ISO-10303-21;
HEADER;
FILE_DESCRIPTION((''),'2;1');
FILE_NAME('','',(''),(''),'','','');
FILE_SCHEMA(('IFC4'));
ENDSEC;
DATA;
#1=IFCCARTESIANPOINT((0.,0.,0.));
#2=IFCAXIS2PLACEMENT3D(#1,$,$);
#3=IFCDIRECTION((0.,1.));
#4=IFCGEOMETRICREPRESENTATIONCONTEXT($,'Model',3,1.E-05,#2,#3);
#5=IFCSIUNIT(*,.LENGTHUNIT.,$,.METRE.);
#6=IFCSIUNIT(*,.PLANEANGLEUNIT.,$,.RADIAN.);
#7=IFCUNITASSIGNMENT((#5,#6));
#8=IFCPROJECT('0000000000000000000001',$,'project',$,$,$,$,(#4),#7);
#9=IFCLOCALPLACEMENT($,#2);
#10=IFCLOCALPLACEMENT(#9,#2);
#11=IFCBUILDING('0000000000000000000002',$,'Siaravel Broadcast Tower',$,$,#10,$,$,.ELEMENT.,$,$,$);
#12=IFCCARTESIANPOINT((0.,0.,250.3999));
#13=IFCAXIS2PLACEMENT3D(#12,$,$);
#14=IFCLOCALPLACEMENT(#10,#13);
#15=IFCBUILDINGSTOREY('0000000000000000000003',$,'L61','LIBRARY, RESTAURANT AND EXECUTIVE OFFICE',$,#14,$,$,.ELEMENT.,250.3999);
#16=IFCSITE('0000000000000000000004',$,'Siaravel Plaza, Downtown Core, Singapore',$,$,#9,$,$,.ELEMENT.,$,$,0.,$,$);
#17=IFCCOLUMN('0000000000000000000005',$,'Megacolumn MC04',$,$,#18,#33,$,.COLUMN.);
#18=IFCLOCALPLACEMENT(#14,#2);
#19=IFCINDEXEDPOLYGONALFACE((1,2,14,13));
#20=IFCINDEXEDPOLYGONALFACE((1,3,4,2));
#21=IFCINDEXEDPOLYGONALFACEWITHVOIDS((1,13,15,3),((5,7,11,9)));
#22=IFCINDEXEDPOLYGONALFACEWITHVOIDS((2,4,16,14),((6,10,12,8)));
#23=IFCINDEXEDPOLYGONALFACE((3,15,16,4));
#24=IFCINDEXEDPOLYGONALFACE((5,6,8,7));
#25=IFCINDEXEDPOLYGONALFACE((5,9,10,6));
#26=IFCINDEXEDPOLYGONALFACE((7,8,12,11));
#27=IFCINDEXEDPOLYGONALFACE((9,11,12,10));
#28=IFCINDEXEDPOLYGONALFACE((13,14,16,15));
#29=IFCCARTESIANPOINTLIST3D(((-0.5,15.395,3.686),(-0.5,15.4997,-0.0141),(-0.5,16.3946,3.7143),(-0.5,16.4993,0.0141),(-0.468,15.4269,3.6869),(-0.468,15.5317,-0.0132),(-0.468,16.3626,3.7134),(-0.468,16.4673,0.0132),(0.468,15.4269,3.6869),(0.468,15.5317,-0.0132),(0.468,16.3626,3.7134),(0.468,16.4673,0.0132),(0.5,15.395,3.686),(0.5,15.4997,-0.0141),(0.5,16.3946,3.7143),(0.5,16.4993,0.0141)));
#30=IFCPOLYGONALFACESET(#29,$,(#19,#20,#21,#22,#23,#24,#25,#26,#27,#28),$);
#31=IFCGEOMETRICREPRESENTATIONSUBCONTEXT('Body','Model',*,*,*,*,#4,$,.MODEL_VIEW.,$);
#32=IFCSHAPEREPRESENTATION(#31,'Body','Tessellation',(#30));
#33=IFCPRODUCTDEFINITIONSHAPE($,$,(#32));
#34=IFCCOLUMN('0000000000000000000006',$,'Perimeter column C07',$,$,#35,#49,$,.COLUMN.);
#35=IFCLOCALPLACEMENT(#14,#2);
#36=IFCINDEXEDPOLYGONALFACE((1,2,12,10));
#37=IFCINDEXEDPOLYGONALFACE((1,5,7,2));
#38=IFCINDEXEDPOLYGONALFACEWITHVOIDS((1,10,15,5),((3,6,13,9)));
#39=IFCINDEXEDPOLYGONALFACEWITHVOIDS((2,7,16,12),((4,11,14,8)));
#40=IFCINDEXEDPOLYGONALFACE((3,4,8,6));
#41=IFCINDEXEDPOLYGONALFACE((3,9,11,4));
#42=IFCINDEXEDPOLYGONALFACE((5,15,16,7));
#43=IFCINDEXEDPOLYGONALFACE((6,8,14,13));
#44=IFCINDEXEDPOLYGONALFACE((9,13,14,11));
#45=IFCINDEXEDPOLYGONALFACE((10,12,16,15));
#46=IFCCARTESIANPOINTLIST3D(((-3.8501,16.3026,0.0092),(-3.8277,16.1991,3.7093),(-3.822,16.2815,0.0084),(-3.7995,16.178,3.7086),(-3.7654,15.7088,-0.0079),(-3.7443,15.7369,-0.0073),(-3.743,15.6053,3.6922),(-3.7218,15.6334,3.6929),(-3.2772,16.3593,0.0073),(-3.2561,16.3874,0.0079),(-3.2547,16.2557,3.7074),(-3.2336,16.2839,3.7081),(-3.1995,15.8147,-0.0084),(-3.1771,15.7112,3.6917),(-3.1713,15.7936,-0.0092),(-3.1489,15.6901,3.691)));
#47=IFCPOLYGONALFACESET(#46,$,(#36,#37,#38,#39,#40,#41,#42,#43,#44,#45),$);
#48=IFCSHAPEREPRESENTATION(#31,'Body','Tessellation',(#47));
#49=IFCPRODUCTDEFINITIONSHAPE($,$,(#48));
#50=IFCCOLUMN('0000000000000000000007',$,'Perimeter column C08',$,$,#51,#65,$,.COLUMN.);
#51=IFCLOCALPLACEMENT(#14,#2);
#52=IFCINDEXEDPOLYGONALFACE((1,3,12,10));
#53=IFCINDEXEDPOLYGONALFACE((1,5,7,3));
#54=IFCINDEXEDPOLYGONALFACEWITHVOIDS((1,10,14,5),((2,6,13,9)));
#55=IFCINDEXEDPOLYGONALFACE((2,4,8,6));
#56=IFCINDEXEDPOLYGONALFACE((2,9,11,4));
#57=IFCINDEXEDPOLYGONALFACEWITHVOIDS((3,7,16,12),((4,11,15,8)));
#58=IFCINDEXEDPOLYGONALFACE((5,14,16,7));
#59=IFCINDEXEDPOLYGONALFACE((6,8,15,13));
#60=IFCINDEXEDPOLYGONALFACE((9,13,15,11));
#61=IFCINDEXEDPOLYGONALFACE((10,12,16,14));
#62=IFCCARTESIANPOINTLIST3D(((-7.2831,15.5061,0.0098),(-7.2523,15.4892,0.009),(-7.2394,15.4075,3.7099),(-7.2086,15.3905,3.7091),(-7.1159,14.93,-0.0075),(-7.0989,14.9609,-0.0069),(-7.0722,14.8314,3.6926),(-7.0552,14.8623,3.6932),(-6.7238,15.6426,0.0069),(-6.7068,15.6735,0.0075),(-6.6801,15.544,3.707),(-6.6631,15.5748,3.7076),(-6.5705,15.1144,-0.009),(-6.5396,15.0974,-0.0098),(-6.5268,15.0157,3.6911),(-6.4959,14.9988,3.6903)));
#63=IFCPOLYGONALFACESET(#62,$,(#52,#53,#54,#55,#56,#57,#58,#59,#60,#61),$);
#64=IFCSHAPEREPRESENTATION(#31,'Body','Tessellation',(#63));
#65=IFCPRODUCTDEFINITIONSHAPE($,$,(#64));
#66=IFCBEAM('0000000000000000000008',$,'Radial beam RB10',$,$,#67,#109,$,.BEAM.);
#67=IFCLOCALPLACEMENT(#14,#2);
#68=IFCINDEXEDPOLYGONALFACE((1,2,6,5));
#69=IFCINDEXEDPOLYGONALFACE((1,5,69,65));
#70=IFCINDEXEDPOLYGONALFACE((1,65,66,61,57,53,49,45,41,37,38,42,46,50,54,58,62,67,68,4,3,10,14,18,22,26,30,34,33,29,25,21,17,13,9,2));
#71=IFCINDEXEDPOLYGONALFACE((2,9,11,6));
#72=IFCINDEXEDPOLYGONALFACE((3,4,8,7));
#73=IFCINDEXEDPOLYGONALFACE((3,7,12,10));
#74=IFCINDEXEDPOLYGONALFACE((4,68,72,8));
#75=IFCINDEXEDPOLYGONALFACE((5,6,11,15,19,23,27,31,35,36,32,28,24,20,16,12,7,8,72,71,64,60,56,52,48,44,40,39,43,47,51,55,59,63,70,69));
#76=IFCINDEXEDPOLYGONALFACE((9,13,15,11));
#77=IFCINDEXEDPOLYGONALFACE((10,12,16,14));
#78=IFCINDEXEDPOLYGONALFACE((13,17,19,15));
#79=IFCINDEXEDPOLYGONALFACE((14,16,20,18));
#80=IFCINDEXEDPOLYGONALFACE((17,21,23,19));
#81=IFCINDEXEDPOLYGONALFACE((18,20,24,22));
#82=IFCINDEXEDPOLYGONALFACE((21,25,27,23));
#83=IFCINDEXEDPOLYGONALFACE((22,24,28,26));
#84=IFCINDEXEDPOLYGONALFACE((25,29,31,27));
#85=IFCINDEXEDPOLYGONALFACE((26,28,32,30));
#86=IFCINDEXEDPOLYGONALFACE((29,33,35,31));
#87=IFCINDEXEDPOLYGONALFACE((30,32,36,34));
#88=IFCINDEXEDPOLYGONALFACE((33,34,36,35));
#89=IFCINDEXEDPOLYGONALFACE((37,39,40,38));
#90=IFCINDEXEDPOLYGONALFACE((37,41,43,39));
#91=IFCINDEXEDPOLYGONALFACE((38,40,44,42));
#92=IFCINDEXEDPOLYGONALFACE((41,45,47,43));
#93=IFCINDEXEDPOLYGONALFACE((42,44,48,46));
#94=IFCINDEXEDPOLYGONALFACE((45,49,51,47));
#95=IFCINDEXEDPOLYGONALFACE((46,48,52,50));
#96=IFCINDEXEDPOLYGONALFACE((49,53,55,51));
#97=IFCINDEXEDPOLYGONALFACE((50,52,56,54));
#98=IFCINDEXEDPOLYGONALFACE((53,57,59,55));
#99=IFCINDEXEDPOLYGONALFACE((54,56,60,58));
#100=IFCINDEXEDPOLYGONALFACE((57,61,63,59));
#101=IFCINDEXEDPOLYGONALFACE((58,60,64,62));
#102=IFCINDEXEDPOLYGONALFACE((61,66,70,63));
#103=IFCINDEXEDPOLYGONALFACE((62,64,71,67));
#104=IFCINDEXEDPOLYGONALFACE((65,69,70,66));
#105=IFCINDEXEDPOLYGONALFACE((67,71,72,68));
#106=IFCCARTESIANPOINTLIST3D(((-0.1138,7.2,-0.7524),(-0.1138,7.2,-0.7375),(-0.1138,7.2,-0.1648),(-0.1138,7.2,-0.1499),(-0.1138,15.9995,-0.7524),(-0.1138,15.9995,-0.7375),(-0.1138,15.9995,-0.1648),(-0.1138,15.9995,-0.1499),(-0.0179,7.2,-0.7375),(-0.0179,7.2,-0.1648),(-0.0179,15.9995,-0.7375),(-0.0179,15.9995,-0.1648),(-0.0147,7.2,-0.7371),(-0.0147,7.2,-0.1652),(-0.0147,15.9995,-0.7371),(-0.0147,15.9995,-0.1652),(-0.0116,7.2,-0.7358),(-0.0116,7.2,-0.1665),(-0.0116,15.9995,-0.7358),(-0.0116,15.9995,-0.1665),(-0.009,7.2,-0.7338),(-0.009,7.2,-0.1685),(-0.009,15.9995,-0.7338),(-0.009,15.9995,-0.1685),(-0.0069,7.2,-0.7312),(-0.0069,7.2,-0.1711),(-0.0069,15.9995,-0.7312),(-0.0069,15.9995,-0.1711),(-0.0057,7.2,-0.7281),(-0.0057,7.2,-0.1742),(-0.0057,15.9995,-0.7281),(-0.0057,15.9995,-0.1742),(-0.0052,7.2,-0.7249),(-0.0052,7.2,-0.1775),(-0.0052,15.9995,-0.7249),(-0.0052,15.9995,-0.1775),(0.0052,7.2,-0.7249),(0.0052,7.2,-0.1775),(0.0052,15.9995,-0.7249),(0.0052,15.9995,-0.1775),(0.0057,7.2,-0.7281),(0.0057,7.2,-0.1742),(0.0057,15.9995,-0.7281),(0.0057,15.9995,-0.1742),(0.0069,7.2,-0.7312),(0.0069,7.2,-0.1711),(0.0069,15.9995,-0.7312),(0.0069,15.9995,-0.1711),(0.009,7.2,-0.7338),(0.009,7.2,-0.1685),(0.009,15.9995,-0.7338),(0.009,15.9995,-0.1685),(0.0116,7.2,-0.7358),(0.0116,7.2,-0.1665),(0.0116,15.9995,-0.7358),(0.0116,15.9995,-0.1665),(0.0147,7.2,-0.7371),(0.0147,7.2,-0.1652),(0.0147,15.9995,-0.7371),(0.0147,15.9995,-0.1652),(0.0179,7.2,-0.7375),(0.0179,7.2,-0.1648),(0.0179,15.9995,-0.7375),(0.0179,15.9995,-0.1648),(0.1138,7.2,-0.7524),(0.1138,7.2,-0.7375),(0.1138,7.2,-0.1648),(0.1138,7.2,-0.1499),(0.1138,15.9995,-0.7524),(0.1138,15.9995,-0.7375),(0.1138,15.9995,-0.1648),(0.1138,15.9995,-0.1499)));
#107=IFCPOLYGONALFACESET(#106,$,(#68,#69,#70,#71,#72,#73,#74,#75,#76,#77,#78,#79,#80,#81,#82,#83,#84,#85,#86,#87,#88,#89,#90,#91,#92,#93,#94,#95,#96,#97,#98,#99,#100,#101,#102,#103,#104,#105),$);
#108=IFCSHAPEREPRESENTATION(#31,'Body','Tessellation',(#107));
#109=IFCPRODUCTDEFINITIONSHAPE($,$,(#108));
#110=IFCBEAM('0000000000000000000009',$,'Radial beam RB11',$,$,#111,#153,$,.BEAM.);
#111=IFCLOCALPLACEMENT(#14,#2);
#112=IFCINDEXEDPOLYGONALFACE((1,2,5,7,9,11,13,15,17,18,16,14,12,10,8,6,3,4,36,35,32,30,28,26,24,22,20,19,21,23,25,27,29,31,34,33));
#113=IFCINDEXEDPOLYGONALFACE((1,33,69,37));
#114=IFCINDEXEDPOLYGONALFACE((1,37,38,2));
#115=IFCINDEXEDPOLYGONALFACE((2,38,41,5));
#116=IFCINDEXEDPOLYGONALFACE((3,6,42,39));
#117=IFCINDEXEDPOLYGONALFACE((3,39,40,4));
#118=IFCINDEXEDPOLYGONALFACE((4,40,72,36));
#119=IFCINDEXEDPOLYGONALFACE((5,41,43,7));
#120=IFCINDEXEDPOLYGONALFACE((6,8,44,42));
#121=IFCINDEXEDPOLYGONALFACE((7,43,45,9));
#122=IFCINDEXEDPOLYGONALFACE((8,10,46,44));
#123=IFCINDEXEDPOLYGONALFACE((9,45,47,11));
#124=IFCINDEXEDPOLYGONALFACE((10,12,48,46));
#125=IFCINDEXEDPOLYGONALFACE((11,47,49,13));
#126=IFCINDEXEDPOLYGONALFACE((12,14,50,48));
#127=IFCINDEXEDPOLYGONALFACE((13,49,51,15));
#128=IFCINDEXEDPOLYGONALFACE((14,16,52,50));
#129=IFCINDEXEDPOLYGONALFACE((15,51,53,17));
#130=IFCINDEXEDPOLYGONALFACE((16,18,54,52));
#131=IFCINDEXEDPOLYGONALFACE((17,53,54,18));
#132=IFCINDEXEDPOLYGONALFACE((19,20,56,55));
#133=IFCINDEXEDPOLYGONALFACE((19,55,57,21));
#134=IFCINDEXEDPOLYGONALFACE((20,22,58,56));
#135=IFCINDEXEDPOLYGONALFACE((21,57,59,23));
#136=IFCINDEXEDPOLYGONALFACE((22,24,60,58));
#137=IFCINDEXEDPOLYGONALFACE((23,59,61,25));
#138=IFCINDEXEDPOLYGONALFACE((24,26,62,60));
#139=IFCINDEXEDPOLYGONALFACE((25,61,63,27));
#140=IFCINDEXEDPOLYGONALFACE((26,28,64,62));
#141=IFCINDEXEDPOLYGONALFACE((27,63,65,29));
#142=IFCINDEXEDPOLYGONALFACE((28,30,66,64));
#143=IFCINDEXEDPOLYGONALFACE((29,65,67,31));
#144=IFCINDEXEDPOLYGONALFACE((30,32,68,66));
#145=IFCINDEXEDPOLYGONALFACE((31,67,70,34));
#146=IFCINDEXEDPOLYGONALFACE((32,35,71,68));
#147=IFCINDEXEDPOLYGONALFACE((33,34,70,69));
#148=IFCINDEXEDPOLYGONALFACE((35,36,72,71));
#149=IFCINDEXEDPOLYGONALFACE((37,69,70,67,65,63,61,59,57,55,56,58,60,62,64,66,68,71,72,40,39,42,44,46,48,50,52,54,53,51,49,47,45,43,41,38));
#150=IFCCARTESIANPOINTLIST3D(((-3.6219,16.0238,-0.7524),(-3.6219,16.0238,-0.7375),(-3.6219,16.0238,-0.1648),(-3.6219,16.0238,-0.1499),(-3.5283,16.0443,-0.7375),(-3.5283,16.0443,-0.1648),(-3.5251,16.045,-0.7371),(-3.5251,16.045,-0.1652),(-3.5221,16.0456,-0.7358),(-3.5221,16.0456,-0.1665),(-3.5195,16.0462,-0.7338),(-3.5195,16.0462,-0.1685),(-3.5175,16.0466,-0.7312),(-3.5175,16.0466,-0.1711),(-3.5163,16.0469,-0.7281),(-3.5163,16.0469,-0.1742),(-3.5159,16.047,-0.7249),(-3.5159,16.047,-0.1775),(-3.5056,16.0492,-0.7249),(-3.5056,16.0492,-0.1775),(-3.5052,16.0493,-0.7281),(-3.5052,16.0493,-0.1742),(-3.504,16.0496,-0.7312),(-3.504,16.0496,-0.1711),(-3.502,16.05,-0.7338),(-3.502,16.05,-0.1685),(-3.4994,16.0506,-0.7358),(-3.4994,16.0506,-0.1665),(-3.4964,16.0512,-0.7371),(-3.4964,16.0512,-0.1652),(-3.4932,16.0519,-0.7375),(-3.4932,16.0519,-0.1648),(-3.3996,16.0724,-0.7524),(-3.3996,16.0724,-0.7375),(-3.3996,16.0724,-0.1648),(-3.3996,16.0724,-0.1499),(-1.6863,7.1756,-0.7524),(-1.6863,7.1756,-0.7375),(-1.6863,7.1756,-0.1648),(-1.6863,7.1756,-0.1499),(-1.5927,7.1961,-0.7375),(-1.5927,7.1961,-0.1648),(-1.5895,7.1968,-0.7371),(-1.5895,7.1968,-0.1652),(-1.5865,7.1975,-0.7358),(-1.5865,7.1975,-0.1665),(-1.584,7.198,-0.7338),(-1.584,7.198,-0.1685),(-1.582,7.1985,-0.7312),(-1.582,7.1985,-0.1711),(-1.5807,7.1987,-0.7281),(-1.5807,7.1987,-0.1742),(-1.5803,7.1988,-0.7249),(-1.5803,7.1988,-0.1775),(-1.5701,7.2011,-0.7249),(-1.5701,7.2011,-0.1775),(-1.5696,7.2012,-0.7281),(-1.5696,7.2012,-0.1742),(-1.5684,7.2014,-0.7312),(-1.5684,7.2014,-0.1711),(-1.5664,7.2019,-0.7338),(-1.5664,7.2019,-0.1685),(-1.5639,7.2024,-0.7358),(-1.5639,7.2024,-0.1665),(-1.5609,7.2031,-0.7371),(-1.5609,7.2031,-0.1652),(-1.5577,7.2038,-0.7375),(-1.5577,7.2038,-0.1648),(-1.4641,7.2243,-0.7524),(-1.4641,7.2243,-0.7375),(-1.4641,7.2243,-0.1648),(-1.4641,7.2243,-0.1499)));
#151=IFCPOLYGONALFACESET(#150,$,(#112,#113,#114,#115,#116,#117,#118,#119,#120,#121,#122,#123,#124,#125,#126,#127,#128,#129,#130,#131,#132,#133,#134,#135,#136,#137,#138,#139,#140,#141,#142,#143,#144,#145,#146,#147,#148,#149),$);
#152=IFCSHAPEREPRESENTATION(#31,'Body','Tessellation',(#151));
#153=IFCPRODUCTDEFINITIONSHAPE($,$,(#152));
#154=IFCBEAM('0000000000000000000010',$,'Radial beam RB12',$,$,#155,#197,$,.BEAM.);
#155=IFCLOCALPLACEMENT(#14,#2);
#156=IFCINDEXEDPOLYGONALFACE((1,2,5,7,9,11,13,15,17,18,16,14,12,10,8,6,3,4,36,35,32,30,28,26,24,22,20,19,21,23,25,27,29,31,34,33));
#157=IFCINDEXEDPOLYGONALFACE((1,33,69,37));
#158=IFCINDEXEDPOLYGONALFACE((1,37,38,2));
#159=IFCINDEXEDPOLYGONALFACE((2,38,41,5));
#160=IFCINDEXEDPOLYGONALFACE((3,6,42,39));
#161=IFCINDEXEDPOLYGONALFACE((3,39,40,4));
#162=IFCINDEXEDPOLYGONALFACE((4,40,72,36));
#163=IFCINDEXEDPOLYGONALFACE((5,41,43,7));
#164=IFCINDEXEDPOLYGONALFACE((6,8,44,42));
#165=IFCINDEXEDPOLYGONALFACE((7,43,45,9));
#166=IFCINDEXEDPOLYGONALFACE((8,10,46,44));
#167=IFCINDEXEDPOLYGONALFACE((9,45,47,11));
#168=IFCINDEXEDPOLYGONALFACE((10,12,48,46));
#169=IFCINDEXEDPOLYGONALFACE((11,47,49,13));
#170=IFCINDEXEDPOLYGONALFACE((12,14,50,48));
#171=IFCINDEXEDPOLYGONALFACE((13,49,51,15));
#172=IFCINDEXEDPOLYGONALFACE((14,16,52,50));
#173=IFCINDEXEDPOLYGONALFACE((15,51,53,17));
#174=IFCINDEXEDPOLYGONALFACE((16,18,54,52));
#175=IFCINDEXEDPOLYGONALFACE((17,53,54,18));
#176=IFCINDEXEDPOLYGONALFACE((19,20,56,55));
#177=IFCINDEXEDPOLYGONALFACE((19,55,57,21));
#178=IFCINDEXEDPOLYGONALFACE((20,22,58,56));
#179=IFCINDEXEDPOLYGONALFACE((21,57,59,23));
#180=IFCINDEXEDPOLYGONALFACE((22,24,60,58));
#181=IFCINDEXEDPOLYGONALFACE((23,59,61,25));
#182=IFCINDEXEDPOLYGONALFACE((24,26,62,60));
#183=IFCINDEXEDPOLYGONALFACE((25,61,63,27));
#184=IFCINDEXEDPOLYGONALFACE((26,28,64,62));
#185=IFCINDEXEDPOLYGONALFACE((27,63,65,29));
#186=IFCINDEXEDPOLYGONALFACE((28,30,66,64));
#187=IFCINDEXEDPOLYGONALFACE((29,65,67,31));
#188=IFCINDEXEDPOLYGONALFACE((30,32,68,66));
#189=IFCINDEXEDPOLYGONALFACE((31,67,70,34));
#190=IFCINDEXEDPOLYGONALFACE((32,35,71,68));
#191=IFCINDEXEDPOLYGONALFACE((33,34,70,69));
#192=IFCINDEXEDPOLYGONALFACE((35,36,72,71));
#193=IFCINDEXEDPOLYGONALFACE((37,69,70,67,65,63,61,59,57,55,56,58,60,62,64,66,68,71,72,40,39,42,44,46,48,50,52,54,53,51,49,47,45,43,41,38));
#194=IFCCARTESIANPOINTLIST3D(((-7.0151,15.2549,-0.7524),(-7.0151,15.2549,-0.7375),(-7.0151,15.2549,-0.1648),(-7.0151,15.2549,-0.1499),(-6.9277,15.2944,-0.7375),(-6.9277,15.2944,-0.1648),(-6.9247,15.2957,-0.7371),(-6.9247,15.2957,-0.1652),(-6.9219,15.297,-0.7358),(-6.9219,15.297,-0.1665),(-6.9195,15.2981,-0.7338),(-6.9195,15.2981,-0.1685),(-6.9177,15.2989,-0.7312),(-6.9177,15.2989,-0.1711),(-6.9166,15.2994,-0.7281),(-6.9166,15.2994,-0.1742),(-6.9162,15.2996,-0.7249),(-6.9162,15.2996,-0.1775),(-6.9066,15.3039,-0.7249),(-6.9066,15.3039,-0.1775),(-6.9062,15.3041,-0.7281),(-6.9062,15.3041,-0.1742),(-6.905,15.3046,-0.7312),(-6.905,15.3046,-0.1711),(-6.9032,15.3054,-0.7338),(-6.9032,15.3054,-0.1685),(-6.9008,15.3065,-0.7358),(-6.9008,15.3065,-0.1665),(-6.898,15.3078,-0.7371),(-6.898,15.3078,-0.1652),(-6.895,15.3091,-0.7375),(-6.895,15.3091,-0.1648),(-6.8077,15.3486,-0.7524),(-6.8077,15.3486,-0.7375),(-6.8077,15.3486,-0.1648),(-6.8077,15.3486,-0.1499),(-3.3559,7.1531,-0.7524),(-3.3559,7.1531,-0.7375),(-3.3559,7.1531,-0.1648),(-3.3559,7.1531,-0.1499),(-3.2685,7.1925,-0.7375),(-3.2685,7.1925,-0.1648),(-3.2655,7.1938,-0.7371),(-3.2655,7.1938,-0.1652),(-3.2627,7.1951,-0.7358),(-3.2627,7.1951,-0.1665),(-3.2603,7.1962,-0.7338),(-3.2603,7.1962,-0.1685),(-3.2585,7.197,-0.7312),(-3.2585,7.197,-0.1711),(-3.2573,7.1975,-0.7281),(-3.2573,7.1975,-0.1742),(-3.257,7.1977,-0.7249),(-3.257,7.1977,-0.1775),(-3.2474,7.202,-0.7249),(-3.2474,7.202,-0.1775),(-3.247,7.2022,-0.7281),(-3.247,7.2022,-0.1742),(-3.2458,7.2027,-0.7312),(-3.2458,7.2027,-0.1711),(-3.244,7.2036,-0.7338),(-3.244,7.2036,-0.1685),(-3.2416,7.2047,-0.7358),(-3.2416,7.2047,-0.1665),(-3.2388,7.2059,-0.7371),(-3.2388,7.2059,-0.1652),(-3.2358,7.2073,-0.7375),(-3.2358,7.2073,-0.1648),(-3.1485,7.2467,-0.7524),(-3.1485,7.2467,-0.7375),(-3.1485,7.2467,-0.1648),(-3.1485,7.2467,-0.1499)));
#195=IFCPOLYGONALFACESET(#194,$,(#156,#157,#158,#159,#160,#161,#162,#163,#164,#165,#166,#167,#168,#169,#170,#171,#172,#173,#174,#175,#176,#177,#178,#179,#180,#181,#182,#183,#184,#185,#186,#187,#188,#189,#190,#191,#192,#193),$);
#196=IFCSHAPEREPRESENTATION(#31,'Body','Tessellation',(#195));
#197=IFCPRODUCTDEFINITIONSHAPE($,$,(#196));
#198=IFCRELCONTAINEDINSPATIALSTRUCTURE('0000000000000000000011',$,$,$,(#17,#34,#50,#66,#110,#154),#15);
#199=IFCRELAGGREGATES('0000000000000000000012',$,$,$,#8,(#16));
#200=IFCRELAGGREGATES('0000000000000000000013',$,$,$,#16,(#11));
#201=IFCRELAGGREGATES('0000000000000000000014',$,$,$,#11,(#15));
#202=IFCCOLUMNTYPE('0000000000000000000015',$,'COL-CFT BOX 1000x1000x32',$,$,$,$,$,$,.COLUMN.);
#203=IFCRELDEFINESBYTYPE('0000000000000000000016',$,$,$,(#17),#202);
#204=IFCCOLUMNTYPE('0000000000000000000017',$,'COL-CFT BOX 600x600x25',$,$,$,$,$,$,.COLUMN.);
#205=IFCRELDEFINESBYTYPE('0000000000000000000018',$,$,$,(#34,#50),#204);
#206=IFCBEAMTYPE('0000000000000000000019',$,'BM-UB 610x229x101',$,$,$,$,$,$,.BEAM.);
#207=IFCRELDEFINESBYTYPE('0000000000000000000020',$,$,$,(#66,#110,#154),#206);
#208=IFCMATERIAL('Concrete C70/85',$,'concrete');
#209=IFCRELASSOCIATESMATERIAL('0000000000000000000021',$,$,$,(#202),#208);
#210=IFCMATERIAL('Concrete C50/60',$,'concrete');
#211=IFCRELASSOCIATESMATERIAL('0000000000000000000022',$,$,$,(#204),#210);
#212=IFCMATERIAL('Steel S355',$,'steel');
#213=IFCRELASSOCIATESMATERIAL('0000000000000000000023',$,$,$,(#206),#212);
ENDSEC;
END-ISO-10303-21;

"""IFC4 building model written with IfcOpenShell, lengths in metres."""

from ifc_helpers import new_model, si_unit, direction, frame, origin, origin_2d, place, context, subcontext, project, spatial, hollow_rectangle, i_section, extrude, material, material_profile, profile_set, type_object, element, save


model = new_model("IFC4")

# Units and contexts
model_context = context("Model", 3, precision=1e-05, world=origin(), true_north=direction((0.0, 1.0)))
body_context = subcontext(model_context, "Body", "Model", "MODEL_VIEW")
ifc_project = project(units=[si_unit("LENGTHUNIT", "METRE"), si_unit("PLANEANGLEUNIT", "RADIAN")], contexts=[model_context])

# Site, building, storey
site_placement = place(None, origin())
site = spatial("IfcSite", under=ifc_project, at=site_placement, Name="Siaravel Plaza, Downtown Core, Singapore", CompositionType="ELEMENT", RefElevation=0.0)
building_placement = place(site_placement, origin())
building = spatial("IfcBuilding", under=site, at=building_placement, Name="Siaravel Broadcast Tower", CompositionType="ELEMENT")
storey_placement = place(building_placement, frame((0.0, 0.0, 250.3999)))
storey = spatial("IfcBuildingStorey", under=building, at=storey_placement, Name="L61", Description="LIBRARY, RESTAURANT AND EXECUTIVE OFFICE", CompositionType="ELEMENT", Elevation=250.3999)

# Columns
ifc_material_1 = material(Name="Concrete C70/85", Category="concrete")
ifc_material_profile_1 = material_profile(ifc_material_1, hollow_rectangle(XDim=1.0, YDim=1.0, WallThickness=0.032, at=origin_2d()))
ifc_profile_set_1 = profile_set([ifc_material_profile_1], Name="Concrete C70/85")
column_type_1 = type_object("IfcColumnType", Name="COL-CFT BOX 1000x1000x32", PredefinedType="COLUMN", material=ifc_profile_set_1)
column_placement = place(storey_placement, frame((0.0, 15.9995, 0.0), z_axis=(0.0, -0.028294, 0.9996), x_axis=(1.0, 0.0, 0.0)))
element("IfcColumn", 1, at=column_placement, inside=storey, type_object=column_type_1, Name="Megacolumn MC04", PredefinedType="COLUMN", context=body_context, shape_type="SweptSolid", body=[
    extrude(hollow_rectangle(XDim=1.0, YDim=1.0, WallThickness=0.032, at=origin_2d()), origin(), (0.0, 0.0, 1.0), 3.7017),
])
ifc_material_2 = material(Name="Concrete C50/60", Category="concrete")
ifc_material_profile_2 = material_profile(ifc_material_2, hollow_rectangle(XDim=0.6001, YDim=0.6001, WallThickness=0.0249, at=origin_2d()))
ifc_profile_set_2 = profile_set([ifc_material_profile_2], Name="Concrete C50/60")
column_type_2 = type_object("IfcColumnType", Name="COL-CFT BOX 600x600x25", PredefinedType="COLUMN", material=ifc_profile_set_2)
for number, where, z_axis, x_axis, name in (
    (2, (-3.5107, 16.0481, 0.0), (0.006068, -0.027964, 0.999591), (0.989965, 0.141299, -0.002056), "Perimeter column C07"),
    (3, (-6.9114, 15.3018, 0.0), (0.011805, -0.026645, 0.999575), (0.960316, 0.278887, -0.003908), "Perimeter column C08"),
):
    element("IfcColumn", number, at=place(storey_placement, frame(where, z_axis=z_axis, x_axis=x_axis)), inside=storey, type_object=column_type_2, Name=name, PredefinedType="COLUMN", context=body_context, shape_type="SweptSolid", body=[
        extrude(hollow_rectangle(XDim=0.6001, YDim=0.6001, WallThickness=0.0249, at=origin_2d()), origin(), (0.0, 0.0, 1.0), 3.7017),
    ])

# Beams
ifc_material_3 = material(Name="Steel S355", Category="steel")
ifc_material_profile_3 = material_profile(ifc_material_3, i_section(OverallWidth=0.2275, OverallDepth=0.6025, WebThickness=0.0105, FlangeThickness=0.0149, FilletRadius=0.0127, at=origin_2d()))
ifc_profile_set_3 = profile_set([ifc_material_profile_3], Name="Steel S355")
beam_type = type_object("IfcBeamType", Name="BM-UB 610x229x101", PredefinedType="BEAM", material=ifc_profile_set_3)
beam_1_placement = place(storey_placement, frame((0.0, 15.9995, -0.4512), z_axis=(0.0, -1.0, 0.0), x_axis=(1.0, 0.0, 0.0)))
element("IfcBeam", 4, at=beam_1_placement, inside=storey, type_object=beam_type, Name="Radial beam RB10", PredefinedType="BEAM", context=body_context, shape_type="SweptSolid", body=[
    extrude(i_section(OverallWidth=0.2275, OverallDepth=0.6025, WebThickness=0.0105, FlangeThickness=0.0149, FilletRadius=0.0127, at=origin_2d()), origin(), (0.0, 0.0, 1.0), 8.7996),
])
beam_2_placement = place(storey_placement, frame((-3.5107, 16.0481, -0.4512), z_axis=(0.213698, -0.9769, 0.0), x_axis=(0.9769, 0.213698, 0.0)))
element("IfcBeam", 5, at=beam_2_placement, inside=storey, type_object=beam_type, Name="Radial beam RB11", PredefinedType="BEAM", context=body_context, shape_type="SweptSolid", body=[
    extrude(i_section(OverallWidth=0.2275, OverallDepth=0.6025, WebThickness=0.0105, FlangeThickness=0.0149, FilletRadius=0.0127, at=origin_2d()), origin(), (0.0, 0.0, 1.0), 9.0574),
])
beam_3_placement = place(storey_placement, frame((-6.9114, 15.3018, -0.4512), z_axis=(0.411615, -0.911358, 0.0), x_axis=(0.911358, 0.411615, 0.0)))
element("IfcBeam", 6, at=beam_3_placement, inside=storey, type_object=beam_type, Name="Radial beam RB12", PredefinedType="BEAM", context=body_context, shape_type="SweptSolid", body=[
    extrude(i_section(OverallWidth=0.2275, OverallDepth=0.6025, WebThickness=0.0105, FlangeThickness=0.0149, FilletRadius=0.0127, at=origin_2d()), origin(), (0.0, 0.0, 1.0), 8.8899),
])

save(model, "model.ifc")
